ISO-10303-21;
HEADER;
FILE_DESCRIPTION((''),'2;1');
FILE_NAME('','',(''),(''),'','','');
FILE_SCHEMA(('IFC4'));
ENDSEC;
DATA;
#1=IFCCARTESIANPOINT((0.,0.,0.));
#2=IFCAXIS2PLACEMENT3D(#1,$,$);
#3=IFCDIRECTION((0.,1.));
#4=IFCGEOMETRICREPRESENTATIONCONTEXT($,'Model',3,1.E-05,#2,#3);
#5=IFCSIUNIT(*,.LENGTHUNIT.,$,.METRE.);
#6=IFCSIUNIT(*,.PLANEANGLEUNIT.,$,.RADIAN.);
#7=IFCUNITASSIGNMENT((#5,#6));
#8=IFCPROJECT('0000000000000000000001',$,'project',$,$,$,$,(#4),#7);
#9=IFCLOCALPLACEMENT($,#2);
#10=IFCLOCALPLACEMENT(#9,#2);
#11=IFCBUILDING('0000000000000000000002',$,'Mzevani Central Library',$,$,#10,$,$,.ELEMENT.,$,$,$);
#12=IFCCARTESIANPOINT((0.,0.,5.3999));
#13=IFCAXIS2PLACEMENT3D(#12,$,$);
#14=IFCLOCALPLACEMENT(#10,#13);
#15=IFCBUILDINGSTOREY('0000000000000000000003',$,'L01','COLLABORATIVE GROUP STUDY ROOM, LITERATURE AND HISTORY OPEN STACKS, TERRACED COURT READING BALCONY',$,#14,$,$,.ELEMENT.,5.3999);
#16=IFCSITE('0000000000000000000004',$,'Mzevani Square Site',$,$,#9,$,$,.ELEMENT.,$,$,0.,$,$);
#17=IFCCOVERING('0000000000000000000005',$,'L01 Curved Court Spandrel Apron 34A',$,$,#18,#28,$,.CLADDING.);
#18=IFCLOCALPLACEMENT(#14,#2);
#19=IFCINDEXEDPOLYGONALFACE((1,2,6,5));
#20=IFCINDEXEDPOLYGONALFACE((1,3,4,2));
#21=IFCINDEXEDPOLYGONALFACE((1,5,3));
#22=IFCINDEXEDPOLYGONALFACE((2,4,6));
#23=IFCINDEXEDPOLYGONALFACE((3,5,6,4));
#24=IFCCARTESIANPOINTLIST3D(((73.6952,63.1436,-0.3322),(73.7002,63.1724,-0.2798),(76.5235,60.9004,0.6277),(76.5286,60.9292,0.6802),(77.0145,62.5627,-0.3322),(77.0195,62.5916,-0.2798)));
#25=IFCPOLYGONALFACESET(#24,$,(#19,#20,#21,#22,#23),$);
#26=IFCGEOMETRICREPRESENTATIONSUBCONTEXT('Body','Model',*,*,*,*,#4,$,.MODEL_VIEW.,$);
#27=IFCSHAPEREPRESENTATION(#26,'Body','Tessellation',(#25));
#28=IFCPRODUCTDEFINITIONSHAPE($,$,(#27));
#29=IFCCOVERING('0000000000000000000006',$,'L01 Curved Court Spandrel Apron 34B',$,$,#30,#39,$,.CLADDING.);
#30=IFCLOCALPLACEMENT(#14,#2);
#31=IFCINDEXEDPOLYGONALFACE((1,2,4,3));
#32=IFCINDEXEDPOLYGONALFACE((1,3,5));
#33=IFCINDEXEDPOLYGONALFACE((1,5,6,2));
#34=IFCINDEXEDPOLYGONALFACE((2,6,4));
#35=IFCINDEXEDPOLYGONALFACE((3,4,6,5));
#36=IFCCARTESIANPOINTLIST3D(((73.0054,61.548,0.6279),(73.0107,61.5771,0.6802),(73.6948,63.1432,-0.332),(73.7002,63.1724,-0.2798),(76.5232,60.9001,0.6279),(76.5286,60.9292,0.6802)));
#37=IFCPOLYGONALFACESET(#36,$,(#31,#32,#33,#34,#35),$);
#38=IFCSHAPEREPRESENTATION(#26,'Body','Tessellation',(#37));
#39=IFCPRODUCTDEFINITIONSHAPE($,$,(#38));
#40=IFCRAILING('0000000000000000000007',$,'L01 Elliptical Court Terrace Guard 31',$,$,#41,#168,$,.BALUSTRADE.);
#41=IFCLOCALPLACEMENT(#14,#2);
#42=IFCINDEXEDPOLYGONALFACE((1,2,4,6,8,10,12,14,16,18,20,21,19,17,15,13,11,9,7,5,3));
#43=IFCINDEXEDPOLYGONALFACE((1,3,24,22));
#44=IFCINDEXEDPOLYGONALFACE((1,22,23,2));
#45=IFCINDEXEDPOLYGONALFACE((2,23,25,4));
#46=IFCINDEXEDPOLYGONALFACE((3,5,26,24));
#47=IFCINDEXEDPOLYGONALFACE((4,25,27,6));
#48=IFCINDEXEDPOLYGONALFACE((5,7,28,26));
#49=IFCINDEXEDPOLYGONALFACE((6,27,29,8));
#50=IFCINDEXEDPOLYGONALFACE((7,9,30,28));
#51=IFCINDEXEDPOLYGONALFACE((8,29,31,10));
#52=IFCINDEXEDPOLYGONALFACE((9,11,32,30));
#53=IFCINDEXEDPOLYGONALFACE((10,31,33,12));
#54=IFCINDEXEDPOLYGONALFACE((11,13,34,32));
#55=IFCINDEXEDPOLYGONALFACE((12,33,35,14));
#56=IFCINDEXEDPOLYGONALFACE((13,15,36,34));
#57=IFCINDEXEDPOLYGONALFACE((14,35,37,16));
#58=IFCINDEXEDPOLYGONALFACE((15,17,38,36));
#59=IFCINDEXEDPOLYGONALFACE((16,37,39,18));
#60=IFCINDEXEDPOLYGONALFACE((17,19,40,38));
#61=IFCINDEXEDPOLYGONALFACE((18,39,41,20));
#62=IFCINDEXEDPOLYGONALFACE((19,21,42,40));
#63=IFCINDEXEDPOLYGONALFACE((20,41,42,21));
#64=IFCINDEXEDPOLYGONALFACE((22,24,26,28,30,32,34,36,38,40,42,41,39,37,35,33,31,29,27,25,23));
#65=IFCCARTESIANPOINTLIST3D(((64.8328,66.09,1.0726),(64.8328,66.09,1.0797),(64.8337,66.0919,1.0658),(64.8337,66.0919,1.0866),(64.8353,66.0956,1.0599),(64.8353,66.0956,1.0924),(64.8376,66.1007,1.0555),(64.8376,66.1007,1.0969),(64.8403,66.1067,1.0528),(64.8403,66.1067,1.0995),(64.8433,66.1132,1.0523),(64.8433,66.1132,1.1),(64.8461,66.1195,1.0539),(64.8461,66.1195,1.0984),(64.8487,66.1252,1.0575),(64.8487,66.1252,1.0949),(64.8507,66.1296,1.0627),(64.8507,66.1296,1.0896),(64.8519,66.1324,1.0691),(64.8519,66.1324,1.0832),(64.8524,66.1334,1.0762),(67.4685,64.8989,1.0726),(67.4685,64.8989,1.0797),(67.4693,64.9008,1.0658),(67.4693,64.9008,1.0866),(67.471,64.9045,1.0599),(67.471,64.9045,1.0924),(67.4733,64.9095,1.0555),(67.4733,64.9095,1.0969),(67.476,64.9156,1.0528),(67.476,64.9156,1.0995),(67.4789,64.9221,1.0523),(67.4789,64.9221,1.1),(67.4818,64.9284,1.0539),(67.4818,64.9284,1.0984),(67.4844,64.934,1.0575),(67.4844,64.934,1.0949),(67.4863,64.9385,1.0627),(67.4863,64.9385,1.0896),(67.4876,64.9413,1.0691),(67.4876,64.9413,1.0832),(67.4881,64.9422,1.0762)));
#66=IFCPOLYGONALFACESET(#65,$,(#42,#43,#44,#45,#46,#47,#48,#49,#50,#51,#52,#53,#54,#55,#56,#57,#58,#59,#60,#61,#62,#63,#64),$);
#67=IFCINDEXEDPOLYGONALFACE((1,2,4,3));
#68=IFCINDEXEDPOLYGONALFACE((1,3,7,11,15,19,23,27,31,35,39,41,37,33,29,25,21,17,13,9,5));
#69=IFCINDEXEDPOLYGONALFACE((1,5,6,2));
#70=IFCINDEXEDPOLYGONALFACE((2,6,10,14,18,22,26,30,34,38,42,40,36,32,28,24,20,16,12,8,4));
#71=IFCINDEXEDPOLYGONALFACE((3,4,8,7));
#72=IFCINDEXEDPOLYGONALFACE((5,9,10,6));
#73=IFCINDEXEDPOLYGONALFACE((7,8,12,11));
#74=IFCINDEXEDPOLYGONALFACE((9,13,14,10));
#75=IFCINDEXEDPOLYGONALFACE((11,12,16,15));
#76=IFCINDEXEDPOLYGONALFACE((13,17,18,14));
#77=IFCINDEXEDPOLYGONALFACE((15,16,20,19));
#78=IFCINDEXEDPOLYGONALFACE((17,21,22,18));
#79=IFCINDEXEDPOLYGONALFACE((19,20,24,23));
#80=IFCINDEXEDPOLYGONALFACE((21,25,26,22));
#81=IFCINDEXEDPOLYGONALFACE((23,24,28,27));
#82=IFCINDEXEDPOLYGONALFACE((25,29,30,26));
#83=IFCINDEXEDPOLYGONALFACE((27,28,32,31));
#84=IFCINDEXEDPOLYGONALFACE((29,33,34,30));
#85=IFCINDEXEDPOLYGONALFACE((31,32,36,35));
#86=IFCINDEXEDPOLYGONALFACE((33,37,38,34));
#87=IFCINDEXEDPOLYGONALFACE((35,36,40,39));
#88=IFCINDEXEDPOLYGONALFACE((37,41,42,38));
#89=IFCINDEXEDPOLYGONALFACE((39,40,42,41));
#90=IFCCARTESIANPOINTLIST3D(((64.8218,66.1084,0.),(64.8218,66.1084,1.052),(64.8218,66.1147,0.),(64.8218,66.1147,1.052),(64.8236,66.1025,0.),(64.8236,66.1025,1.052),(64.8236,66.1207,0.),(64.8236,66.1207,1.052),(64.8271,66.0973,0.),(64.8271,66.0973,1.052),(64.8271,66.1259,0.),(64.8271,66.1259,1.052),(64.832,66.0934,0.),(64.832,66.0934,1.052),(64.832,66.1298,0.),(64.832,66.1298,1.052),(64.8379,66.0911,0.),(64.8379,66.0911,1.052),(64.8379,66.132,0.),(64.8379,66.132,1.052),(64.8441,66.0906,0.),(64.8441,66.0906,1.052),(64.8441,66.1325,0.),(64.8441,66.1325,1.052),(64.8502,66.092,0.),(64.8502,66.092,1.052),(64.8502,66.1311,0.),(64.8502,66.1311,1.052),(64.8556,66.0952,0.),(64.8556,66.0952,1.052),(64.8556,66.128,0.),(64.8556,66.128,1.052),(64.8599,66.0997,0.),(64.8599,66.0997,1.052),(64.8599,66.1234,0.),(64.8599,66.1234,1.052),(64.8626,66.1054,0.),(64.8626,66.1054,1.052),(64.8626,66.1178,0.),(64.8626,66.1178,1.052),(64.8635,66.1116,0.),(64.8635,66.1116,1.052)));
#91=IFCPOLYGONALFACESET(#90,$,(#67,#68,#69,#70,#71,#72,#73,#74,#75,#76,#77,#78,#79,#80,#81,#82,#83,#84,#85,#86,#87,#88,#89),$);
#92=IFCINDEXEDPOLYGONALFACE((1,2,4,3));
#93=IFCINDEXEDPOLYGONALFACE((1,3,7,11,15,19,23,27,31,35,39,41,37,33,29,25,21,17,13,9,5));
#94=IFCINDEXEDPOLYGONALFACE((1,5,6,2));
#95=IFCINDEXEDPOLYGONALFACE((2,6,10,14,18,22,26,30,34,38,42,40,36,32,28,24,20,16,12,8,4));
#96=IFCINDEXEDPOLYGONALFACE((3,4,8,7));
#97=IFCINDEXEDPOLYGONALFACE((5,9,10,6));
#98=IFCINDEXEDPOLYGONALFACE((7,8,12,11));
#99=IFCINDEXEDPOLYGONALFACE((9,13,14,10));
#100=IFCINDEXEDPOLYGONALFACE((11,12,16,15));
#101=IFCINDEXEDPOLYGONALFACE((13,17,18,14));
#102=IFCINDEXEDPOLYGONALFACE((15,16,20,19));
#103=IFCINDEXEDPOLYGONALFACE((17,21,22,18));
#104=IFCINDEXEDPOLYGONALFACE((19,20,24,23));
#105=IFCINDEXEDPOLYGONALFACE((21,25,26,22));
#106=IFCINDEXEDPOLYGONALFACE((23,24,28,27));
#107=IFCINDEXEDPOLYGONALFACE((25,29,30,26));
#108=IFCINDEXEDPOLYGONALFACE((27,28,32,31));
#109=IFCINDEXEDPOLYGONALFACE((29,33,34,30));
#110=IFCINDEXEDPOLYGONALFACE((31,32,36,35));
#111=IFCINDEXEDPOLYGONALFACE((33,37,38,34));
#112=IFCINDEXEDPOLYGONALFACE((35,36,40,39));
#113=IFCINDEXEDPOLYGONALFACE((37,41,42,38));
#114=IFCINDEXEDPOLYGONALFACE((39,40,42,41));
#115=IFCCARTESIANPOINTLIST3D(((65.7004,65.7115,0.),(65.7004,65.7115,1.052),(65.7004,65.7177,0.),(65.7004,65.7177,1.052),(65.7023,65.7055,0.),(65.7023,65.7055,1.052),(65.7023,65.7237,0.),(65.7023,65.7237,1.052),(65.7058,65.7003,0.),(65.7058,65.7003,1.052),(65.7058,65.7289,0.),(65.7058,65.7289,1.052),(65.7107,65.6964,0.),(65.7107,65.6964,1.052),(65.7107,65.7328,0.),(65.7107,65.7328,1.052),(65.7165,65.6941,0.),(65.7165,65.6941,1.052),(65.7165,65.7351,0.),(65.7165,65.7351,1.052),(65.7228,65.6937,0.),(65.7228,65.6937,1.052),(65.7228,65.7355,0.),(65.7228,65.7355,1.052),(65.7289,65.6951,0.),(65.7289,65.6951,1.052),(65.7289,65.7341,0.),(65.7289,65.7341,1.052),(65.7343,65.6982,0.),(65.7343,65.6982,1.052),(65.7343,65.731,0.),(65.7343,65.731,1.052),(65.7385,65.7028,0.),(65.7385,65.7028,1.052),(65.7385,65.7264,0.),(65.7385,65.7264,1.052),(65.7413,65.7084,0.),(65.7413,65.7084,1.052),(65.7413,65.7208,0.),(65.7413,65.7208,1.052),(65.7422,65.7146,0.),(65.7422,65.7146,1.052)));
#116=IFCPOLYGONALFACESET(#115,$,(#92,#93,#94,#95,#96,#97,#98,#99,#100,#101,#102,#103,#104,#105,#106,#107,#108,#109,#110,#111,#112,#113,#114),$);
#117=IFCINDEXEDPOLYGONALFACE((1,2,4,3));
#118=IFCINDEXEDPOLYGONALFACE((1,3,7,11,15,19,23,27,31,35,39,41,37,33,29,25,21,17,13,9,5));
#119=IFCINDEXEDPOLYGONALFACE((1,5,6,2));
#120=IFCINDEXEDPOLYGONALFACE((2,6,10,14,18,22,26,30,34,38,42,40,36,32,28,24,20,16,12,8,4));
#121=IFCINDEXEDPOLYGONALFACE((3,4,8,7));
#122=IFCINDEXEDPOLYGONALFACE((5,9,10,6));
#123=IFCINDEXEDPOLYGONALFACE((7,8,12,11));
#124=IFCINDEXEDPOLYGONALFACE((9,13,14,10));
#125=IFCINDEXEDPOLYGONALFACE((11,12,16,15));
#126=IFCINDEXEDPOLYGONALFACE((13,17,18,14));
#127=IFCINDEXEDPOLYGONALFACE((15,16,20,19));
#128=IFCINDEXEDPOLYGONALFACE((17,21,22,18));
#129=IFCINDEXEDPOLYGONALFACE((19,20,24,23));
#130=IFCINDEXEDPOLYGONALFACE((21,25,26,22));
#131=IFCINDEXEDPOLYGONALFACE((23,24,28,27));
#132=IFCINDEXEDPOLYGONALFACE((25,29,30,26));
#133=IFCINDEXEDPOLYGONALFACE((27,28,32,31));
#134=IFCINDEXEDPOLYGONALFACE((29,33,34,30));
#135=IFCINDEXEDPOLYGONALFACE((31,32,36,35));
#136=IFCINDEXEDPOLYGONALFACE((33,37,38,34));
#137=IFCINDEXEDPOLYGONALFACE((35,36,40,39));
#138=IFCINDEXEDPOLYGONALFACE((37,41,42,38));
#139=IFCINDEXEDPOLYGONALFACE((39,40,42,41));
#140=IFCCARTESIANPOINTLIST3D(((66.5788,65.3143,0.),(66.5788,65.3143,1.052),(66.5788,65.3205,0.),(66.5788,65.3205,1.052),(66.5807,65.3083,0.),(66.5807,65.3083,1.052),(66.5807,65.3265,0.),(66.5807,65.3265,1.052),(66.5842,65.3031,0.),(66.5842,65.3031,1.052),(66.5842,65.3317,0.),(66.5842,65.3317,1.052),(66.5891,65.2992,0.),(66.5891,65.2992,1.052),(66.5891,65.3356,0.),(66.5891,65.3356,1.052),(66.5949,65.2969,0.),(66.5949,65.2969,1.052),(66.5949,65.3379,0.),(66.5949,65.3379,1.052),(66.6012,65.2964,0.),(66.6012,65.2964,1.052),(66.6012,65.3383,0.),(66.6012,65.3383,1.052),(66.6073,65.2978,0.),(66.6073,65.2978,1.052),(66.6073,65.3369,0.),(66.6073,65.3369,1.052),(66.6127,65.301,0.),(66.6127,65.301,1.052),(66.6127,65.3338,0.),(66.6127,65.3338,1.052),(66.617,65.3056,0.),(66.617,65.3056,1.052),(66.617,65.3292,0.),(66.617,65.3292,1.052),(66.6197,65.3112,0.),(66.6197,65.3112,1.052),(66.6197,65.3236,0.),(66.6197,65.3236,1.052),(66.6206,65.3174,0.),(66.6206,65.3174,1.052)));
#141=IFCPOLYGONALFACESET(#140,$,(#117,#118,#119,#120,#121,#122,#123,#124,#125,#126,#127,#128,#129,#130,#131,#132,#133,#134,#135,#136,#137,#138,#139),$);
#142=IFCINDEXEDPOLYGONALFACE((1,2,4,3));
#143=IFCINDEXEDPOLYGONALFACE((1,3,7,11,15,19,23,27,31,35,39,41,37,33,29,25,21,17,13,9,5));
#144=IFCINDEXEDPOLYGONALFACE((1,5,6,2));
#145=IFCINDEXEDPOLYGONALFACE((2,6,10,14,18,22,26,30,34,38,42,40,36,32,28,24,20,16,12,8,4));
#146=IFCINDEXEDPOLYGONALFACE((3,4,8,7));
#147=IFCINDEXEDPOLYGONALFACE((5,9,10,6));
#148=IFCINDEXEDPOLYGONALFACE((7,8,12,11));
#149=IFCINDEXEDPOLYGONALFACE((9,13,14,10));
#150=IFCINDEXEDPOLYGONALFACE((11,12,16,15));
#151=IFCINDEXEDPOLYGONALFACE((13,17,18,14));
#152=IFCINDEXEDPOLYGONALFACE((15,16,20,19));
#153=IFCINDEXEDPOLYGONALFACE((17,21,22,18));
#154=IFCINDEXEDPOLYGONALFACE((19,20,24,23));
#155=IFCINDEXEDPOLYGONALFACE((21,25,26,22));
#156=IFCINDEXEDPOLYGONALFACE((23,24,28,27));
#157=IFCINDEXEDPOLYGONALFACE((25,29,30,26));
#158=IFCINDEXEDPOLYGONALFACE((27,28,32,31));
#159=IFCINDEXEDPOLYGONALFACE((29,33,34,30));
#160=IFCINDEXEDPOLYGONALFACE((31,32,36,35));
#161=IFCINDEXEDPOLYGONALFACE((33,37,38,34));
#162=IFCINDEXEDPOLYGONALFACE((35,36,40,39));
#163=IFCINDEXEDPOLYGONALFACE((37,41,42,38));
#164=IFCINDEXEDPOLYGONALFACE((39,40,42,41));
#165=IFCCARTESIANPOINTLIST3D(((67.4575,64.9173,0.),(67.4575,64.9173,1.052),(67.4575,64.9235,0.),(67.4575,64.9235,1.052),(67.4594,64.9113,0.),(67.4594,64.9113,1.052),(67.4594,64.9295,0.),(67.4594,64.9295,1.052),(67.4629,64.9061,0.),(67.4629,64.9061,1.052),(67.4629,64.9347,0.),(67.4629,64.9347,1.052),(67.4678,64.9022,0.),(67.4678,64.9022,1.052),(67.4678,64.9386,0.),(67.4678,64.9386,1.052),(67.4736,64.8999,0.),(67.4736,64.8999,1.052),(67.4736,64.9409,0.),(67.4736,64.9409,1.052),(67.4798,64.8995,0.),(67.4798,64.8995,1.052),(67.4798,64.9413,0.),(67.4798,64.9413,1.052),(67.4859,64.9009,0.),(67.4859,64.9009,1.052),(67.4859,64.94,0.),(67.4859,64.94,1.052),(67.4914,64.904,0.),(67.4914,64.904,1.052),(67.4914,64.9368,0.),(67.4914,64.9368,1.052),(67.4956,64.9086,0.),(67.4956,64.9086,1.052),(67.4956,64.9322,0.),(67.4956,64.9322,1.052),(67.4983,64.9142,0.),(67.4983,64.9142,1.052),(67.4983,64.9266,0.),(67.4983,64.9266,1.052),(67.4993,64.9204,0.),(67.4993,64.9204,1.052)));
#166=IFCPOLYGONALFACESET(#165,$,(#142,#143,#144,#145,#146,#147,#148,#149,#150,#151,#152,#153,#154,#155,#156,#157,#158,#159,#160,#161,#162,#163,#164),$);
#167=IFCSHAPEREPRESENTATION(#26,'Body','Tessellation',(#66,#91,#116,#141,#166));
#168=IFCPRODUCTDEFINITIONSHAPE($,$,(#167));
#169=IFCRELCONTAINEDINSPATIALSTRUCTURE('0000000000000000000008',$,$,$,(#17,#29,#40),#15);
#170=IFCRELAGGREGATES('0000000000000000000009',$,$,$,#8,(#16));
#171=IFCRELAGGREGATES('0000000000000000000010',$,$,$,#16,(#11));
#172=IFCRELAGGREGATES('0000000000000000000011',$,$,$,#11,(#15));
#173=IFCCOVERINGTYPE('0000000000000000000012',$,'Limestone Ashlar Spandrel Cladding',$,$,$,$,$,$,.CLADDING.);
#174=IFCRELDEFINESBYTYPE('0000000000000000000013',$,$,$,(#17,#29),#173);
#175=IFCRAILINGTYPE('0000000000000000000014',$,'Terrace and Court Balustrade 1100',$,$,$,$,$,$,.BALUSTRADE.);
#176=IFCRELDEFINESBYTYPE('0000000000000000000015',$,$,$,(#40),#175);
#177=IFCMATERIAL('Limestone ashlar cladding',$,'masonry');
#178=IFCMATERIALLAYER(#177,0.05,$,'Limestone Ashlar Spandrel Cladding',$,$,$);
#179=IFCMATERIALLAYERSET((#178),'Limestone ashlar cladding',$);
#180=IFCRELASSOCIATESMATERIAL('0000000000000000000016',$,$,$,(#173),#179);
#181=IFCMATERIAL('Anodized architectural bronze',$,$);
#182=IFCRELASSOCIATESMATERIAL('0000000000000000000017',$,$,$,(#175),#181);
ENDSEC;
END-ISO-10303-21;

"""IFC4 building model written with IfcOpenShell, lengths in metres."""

from ifc_helpers import new_model, si_unit, direction, frame, origin, origin_2d, place, context, subcontext, project, spatial, polyline, circle, outline, extrude, material, layer, layer_set, type_object, element, save


model = new_model("IFC4")

# Units and contexts
model_context = context("Model", 3, precision=1e-05, world=origin(), true_north=direction((0.0, 1.0)))
body_context = subcontext(model_context, "Body", "Model", "MODEL_VIEW")
ifc_project = project(units=[si_unit("LENGTHUNIT", "METRE"), si_unit("PLANEANGLEUNIT", "RADIAN")], contexts=[model_context])

# Site, building, storey
site_placement = place(None, origin())
site = spatial("IfcSite", under=ifc_project, at=site_placement, Name="Mzevani Square Site", CompositionType="ELEMENT", RefElevation=0.0)
building_placement = place(site_placement, origin())
building = spatial("IfcBuilding", under=site, at=building_placement, Name="Mzevani Central Library", CompositionType="ELEMENT")
storey_placement = place(building_placement, frame((0.0, 0.0, 5.3999)))
storey = spatial("IfcBuildingStorey", under=building, at=storey_placement, Name="L01", Description="COLLABORATIVE GROUP STUDY ROOM, LITERATURE AND HISTORY OPEN STACKS, TERRACED COURT READING BALCONY", CompositionType="ELEMENT", Elevation=5.3999)

# Coverings
ifc_material_1 = material(Name="Limestone ashlar cladding", Category="masonry")
ifc_layer_1 = layer(ifc_material_1, 0.05, Name="Limestone Ashlar Spandrel Cladding")
ifc_layer_set_1 = layer_set([ifc_layer_1], Name="Limestone ashlar cladding")
covering_type = type_object("IfcCoveringType", Name="Limestone Ashlar Spandrel Cladding", PredefinedType="CLADDING", material=ifc_layer_set_1)
covering_1_placement = place(storey_placement, frame((73.7002, 63.1724, -0.2798), z_axis=(0.083921, 0.479611, 0.873459), x_axis=(0.985034, -0.172359, 0.0)))
element("IfcCovering", 1, at=covering_1_placement, inside=storey, type_object=covering_type, Name="L01 Curved Court Spandrel Apron 34A", PredefinedType="CLADDING", context=body_context, shape_type="SweptSolid", body=[
    extrude(outline(polyline([(0.0, 0.0), (3.3698, 0.0), (3.1727, -1.9716), (0.0, 0.0)])), origin(), (0.0, 0.0, -1.0), 0.0601),
])
covering_2_placement = place(storey_placement, frame((73.7002, 63.1724, -0.2798), z_axis=(0.089319, 0.484929, 0.86998), x_axis=(0.757186, -0.60052, 0.256992)))
element("IfcCovering", 2, at=covering_2_placement, inside=storey, type_object=covering_type, Name="L01 Curved Court Spandrel Apron 34B", PredefinedType="CLADDING", context=body_context, shape_type="SweptSolid", body=[
    extrude(outline(polyline([(0.0, 0.0), (3.7354, 0.0), (0.6826, -1.8643), (0.0, 0.0)])), origin(), (0.0, 0.0, -1.0), 0.0601),
])

# Railing
ifc_material_2 = material(Name="Anodized architectural bronze")
railing_type = type_object("IfcRailingType", Name="Terrace and Court Balustrade 1100", PredefinedType="BALUSTRADE", material=ifc_material_2)
railing_1_placement = place(storey_placement, frame((64.8425, 66.1116, 0.0)))
element("IfcRailing", 3, at=railing_1_placement, inside=storey, type_object=railing_type, Name="L01 Elliptical Court Terrace Guard 31", PredefinedType="BALUSTRADE", context=body_context, shape_type="SweptSolid", body=[
    extrude(circle(Radius=0.0239, at=origin_2d()), frame((0.0, 0.0, 1.0762), z_axis=(0.911263, -0.411824, 0.0), x_axis=(0.411824, 0.911263, 0.0)), (0.0, 0.0, 1.0), 2.8923),
    extrude(circle(Radius=0.021, at=origin_2d()), origin(), (0.0, 0.0, 1.0), 1.052),
    extrude(circle(Radius=0.021, at=origin_2d()), frame((0.8787, -0.397, 0.0)), (0.0, 0.0, 1.0), 1.052),
    extrude(circle(Radius=0.021, at=origin_2d()), frame((1.7571, -0.7942, 0.0)), (0.0, 0.0, 1.0), 1.052),
    extrude(circle(Radius=0.021, at=origin_2d()), frame((2.6357, -1.1912, 0.0)), (0.0, 0.0, 1.0), 1.052),
])

save(model, "model.ifc")
